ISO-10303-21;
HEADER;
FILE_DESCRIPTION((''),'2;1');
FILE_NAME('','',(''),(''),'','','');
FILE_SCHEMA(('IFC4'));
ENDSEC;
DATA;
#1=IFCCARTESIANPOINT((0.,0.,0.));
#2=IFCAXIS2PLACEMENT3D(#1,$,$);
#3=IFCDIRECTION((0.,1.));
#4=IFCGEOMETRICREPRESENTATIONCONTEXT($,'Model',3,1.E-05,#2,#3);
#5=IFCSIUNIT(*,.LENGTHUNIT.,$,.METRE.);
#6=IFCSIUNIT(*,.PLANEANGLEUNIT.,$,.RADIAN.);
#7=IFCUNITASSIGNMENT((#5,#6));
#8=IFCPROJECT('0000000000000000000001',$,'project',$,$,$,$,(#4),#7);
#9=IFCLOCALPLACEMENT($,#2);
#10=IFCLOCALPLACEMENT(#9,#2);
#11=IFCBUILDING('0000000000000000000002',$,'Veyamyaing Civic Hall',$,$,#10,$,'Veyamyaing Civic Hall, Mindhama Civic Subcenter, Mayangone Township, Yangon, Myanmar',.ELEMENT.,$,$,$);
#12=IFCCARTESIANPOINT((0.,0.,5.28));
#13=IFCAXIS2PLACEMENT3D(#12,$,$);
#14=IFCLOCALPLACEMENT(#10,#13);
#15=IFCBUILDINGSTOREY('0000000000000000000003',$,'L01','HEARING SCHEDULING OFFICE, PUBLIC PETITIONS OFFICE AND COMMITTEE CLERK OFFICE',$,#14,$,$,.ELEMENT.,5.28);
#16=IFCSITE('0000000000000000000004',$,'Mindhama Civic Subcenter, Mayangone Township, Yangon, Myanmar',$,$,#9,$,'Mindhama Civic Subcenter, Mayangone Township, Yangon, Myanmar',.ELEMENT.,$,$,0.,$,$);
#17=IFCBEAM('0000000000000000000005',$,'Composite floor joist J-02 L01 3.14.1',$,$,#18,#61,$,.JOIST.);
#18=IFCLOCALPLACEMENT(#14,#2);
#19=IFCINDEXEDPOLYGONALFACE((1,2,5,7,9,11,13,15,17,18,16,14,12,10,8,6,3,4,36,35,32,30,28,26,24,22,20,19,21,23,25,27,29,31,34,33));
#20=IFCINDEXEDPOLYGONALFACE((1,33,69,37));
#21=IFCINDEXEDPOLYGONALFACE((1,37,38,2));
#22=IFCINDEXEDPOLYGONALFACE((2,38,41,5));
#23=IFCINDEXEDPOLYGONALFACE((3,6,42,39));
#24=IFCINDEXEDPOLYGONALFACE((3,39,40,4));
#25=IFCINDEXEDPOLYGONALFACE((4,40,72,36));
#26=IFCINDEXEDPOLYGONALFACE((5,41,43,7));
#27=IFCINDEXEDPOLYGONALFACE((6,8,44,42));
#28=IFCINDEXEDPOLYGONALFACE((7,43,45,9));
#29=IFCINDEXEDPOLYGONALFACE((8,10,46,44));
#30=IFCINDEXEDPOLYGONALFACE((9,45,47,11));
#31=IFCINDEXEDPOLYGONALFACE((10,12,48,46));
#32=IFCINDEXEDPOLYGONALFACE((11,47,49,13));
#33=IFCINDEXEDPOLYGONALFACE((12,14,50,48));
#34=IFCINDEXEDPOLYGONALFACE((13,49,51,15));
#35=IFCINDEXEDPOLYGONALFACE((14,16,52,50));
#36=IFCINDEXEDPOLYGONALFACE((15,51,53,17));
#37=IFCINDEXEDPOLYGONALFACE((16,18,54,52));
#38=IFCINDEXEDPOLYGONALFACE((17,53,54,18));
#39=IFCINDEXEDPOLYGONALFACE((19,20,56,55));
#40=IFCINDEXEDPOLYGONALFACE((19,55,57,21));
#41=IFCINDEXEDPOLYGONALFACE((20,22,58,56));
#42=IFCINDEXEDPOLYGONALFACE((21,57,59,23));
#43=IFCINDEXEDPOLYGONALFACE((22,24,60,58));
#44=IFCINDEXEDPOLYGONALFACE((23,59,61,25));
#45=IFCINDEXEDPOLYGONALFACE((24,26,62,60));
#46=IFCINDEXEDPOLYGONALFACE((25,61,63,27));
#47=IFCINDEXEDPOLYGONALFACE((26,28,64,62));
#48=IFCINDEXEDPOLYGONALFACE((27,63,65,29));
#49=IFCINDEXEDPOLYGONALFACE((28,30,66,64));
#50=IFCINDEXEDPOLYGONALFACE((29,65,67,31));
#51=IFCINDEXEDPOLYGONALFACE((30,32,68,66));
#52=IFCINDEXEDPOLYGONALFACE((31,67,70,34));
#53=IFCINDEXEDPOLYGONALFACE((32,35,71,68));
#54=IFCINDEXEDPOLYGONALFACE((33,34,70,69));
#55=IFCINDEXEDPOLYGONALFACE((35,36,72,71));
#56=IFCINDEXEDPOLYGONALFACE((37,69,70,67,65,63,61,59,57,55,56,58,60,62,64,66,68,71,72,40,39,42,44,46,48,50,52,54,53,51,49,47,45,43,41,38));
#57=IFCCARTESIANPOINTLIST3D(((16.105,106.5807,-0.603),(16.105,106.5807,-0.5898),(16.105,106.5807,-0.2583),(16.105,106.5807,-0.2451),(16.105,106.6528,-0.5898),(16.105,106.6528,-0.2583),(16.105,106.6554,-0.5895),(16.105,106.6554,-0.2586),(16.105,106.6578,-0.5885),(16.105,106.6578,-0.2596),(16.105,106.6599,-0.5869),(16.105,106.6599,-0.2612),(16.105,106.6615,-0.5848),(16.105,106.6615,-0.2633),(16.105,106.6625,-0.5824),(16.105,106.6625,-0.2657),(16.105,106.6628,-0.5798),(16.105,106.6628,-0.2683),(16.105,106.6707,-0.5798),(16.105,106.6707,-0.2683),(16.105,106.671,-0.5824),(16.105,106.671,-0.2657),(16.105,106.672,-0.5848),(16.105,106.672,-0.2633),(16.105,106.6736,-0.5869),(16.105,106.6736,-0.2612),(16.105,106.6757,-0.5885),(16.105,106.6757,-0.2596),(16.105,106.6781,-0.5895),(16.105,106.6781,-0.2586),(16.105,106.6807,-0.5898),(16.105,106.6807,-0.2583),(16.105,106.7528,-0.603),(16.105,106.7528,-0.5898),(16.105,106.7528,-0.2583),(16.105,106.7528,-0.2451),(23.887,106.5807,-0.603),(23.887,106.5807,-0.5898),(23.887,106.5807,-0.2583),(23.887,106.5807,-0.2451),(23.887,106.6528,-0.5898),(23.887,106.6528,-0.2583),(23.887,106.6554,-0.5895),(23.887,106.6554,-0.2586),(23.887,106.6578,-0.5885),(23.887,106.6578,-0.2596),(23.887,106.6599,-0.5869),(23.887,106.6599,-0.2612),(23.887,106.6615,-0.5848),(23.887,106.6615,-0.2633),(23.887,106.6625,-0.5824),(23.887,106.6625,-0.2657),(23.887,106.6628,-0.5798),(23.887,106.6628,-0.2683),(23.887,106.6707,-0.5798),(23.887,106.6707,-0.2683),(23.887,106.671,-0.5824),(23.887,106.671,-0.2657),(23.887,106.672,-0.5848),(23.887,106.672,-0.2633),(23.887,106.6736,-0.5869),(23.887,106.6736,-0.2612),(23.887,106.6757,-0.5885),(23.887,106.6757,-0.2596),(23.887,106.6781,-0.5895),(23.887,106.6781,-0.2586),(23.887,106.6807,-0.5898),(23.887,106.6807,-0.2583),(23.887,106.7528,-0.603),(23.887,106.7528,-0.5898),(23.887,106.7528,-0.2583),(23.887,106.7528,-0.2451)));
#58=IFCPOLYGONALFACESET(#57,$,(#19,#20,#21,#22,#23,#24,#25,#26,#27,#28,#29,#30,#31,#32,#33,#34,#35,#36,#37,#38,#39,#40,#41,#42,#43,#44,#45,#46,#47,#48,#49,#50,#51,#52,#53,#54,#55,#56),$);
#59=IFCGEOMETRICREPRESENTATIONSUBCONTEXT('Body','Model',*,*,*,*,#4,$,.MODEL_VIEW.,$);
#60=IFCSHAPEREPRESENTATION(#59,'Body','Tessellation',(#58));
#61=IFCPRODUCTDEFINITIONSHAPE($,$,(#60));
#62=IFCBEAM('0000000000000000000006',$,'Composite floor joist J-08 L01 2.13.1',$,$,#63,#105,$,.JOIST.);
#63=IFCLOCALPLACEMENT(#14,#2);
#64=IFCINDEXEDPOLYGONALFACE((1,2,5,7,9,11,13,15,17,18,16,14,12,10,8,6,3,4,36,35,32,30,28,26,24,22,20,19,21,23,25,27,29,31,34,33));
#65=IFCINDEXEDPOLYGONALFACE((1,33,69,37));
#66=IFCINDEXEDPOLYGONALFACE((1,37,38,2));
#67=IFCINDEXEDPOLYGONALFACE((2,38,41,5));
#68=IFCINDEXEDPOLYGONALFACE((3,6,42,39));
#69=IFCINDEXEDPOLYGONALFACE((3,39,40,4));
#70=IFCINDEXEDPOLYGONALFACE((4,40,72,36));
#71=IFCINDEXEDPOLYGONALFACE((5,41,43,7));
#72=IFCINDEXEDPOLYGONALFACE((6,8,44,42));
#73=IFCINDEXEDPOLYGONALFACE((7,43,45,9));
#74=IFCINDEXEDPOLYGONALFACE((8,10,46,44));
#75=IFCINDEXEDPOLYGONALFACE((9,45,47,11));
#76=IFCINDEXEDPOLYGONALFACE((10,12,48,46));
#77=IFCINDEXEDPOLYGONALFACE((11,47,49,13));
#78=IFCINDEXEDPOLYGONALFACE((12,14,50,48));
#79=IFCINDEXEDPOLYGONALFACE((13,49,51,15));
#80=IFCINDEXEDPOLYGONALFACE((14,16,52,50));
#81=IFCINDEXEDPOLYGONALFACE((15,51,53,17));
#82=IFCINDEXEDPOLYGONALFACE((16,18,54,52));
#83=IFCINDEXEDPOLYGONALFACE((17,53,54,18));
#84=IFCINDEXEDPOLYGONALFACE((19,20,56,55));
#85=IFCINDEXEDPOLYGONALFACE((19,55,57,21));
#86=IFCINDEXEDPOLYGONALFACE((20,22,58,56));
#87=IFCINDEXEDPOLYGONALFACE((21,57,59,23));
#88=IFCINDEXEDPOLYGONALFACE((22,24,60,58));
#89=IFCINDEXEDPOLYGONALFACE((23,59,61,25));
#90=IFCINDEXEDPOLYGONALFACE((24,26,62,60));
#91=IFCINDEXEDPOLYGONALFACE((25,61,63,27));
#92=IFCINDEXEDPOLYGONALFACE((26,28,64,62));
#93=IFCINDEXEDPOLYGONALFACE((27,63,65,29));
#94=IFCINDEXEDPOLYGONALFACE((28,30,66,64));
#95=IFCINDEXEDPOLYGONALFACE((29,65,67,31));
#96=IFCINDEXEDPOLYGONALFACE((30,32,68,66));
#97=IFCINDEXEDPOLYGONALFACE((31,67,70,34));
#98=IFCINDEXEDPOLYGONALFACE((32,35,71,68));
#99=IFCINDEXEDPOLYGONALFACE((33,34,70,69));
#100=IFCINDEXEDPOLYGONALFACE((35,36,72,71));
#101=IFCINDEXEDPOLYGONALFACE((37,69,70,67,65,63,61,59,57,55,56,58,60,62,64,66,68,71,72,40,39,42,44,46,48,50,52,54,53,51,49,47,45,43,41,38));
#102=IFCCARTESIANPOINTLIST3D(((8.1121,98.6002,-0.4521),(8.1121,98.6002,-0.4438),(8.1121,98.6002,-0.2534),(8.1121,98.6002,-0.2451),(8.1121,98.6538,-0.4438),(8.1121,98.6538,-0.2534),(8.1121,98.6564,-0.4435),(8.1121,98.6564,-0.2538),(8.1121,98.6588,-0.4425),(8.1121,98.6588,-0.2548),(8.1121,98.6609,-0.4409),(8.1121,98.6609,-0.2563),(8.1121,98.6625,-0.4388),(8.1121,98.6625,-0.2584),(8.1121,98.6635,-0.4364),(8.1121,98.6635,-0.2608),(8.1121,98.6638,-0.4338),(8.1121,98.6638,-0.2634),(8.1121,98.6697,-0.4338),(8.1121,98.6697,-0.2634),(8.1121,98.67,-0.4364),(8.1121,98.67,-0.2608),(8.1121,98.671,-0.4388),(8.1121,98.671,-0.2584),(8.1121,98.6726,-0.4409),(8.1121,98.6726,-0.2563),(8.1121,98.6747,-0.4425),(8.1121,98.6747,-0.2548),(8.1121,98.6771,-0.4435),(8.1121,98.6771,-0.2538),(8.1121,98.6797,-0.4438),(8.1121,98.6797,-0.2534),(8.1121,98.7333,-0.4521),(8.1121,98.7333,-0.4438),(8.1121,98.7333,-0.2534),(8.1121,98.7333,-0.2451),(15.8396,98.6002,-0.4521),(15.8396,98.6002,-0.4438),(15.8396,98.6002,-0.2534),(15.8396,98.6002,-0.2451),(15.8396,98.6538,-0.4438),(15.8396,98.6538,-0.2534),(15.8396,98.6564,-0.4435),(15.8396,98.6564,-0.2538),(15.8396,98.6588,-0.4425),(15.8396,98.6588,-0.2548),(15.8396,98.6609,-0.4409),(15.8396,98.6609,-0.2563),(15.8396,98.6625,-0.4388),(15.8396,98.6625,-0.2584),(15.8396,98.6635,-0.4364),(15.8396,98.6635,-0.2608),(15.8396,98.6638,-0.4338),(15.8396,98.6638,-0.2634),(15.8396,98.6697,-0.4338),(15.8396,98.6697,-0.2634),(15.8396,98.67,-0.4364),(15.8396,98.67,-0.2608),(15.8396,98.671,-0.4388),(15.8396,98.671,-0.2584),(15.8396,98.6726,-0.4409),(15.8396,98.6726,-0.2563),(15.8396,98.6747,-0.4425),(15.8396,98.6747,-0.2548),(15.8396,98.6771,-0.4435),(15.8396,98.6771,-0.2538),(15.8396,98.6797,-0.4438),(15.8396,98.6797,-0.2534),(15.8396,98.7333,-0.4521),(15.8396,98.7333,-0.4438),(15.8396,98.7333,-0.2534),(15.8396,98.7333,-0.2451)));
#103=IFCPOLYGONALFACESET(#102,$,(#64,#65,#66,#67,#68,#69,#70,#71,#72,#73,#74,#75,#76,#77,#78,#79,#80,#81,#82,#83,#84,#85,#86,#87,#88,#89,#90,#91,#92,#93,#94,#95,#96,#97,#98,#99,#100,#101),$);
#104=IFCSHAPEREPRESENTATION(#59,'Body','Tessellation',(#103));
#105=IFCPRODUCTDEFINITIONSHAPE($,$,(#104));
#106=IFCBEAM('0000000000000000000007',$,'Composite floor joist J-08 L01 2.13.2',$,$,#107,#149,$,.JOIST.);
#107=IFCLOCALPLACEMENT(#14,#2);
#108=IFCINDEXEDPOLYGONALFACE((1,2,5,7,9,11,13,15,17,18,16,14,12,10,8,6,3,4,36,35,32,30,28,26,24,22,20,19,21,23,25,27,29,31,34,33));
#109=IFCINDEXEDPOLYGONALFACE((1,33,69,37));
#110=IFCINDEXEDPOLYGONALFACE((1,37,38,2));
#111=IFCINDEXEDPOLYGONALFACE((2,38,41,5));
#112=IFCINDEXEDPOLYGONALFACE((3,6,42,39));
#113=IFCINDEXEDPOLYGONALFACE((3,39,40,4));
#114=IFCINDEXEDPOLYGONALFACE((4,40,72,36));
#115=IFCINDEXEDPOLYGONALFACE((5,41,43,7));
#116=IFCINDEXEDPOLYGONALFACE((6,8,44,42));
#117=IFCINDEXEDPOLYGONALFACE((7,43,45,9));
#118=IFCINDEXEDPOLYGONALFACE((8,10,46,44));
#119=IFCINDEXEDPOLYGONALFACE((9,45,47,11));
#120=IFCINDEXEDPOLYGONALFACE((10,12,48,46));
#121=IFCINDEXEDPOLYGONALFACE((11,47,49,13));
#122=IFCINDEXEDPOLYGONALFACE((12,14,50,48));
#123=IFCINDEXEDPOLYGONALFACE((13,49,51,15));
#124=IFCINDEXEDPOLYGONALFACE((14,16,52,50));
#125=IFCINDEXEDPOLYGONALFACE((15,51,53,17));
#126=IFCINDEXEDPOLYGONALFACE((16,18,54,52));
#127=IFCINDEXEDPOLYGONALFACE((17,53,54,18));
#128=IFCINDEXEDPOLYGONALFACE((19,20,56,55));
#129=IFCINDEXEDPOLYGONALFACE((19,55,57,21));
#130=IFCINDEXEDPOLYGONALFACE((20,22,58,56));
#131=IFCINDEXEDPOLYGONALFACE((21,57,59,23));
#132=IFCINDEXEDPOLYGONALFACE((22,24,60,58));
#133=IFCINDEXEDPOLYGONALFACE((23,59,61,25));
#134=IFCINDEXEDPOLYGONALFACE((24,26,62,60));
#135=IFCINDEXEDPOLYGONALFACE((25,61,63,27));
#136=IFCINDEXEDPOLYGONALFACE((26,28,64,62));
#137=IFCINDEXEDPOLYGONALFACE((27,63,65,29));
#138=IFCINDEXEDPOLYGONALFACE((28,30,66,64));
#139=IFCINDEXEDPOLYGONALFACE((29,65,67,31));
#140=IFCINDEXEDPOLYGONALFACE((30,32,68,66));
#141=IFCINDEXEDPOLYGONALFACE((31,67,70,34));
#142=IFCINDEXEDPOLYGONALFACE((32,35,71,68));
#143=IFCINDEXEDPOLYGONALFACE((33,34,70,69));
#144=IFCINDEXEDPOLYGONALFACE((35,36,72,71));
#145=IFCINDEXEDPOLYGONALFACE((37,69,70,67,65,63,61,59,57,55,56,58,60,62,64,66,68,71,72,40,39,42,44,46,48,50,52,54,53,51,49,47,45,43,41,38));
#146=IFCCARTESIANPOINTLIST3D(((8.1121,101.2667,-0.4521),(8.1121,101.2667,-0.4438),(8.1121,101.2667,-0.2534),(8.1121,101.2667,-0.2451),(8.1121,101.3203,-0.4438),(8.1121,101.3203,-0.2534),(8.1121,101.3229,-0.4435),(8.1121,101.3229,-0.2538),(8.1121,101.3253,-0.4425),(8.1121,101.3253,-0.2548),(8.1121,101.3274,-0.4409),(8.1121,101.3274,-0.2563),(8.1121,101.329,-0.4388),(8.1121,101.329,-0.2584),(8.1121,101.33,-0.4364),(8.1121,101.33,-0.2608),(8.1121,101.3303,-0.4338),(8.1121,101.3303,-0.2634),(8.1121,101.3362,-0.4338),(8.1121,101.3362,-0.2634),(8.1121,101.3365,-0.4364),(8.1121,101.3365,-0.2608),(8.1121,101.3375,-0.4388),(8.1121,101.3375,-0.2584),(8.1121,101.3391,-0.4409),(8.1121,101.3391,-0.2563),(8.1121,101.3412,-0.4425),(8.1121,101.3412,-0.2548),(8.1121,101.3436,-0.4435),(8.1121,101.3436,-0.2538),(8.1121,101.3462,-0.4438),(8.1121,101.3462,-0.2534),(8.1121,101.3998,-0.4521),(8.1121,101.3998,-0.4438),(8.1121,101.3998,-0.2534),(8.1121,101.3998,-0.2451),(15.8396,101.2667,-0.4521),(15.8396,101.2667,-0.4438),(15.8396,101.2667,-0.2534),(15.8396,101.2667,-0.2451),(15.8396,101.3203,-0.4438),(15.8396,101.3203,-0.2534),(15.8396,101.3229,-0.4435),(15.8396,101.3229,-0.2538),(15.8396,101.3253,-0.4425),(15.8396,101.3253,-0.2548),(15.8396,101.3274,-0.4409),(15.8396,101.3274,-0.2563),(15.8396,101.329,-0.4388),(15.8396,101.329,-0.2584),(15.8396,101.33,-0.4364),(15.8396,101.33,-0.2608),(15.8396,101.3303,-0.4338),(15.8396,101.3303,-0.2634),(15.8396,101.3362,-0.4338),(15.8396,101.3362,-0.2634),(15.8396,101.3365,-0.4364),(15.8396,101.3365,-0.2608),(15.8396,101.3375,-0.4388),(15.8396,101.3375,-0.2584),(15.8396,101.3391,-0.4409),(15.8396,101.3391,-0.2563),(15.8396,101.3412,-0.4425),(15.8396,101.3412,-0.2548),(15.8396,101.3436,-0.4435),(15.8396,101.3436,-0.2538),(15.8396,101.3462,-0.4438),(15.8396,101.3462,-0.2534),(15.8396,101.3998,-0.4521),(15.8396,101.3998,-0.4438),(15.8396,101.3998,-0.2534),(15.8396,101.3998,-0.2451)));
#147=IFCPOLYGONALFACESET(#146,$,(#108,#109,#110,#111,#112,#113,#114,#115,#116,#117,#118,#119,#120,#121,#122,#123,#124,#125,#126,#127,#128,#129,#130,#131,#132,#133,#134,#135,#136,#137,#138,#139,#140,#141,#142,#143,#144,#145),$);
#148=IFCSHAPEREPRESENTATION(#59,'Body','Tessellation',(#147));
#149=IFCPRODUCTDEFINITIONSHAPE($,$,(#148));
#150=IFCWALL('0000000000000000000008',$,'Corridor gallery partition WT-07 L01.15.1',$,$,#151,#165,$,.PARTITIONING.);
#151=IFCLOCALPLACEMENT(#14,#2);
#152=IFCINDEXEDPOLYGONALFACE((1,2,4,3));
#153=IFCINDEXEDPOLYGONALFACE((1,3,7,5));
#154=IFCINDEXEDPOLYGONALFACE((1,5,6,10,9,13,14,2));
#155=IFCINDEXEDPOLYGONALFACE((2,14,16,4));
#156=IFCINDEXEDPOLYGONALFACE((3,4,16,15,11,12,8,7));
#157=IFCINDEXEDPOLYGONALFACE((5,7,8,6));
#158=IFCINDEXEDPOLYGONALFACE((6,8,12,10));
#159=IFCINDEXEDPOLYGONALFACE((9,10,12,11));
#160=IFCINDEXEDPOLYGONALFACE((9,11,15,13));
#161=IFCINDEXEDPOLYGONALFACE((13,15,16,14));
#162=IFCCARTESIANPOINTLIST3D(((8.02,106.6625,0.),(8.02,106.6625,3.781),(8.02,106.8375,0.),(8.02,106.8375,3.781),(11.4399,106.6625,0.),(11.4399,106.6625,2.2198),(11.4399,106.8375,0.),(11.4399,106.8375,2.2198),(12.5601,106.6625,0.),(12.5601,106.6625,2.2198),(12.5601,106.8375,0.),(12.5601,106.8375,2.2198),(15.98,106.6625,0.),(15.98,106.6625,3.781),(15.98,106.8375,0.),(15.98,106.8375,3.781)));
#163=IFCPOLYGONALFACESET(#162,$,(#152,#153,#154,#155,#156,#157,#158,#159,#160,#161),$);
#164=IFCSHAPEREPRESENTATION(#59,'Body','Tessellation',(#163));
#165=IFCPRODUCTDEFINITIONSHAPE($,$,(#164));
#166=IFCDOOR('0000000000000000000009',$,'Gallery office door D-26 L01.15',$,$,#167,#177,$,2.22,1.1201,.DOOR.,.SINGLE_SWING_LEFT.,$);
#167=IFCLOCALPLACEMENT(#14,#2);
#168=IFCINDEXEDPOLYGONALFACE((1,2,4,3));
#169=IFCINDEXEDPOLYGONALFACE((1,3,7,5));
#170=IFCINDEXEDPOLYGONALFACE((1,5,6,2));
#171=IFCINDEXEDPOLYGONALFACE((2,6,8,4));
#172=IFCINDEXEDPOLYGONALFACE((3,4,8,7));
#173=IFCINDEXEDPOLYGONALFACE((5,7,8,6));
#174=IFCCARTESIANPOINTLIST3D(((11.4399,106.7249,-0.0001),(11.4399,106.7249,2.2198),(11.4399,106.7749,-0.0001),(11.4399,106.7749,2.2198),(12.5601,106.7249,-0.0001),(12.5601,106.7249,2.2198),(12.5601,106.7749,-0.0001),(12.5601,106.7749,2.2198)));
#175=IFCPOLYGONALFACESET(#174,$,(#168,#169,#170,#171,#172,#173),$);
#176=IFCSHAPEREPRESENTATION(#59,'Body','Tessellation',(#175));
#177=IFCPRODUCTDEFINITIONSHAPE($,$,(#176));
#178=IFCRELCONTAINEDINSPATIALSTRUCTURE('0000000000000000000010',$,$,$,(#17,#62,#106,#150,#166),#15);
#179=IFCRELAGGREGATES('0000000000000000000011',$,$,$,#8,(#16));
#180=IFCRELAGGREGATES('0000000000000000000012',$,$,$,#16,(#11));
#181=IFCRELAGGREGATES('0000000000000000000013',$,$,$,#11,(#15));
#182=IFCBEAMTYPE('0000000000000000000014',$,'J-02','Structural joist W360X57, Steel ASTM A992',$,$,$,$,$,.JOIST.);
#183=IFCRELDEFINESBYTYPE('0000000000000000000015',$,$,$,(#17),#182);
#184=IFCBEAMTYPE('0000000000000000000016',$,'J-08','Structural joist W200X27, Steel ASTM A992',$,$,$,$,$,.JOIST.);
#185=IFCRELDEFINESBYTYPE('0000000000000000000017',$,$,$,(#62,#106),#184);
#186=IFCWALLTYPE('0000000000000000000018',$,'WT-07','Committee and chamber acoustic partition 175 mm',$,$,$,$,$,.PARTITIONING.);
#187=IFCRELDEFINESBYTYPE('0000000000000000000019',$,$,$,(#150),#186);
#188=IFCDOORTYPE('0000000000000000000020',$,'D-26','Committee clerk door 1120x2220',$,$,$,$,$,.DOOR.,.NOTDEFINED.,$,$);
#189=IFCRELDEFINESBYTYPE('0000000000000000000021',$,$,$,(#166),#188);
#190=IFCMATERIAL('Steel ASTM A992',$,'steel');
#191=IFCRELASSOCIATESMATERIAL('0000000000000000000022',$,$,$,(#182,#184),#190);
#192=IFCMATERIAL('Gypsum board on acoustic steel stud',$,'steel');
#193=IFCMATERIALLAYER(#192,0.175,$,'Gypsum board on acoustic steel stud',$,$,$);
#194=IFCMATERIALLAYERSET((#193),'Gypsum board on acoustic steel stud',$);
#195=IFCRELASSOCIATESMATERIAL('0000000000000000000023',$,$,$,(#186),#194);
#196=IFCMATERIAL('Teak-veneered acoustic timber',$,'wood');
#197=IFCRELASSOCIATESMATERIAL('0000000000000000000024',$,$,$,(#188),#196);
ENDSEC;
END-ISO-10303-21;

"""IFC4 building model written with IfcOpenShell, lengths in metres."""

from ifc_helpers import new_model, si_unit, direction, frame, frame_2d, origin, origin_2d, place, context, subcontext, project, spatial, rectangle, i_section, extrude, material, layer, layer_set, material_profile, profile_set, type_object, element, fill, save


model = new_model("IFC4")

# Units and contexts
model_context = context("Model", 3, precision=1e-05, world=origin(), true_north=direction((0.0, 1.0)))
body_context = subcontext(model_context, "Body", "Model", "MODEL_VIEW")
ifc_project = project(units=[si_unit("LENGTHUNIT", "METRE"), si_unit("PLANEANGLEUNIT", "RADIAN")], contexts=[model_context])

# Site, building, storey
site_placement = place(None, origin())
site = spatial("IfcSite", under=ifc_project, at=site_placement, Name="Mindhama Civic Subcenter, Mayangone Township, Yangon, Myanmar", LongName="Mindhama Civic Subcenter, Mayangone Township, Yangon, Myanmar", CompositionType="ELEMENT", RefElevation=0.0)
building_placement = place(site_placement, origin())
building = spatial("IfcBuilding", under=site, at=building_placement, Name="Veyamyaing Civic Hall", LongName="Veyamyaing Civic Hall, Mindhama Civic Subcenter, Mayangone Township, Yangon, Myanmar", CompositionType="ELEMENT")
storey_placement = place(building_placement, frame((0.0, 0.0, 5.28)))
storey = spatial("IfcBuildingStorey", under=building, at=storey_placement, Name="L01", Description="HEARING SCHEDULING OFFICE, PUBLIC PETITIONS OFFICE AND COMMITTEE CLERK OFFICE", CompositionType="ELEMENT", Elevation=5.28)

# Beams
ifc_material_1 = material(Name="Steel ASTM A992", Category="steel")
ifc_material_profile_1 = material_profile(ifc_material_1, i_section(OverallWidth=0.1721, OverallDepth=0.3579, WebThickness=0.0078, FlangeThickness=0.0132, FilletRadius=0.01, at=origin_2d()), Name="W360X57")
ifc_profile_set_1 = profile_set([ifc_material_profile_1], Name="Steel ASTM A992")
beam_type_1 = type_object("IfcBeamType", Name="J-02", Description="Structural joist W360X57, Steel ASTM A992", PredefinedType="JOIST", material=ifc_profile_set_1)
beam_1_placement = place(storey_placement, frame((16.105, 106.6667, -0.4241), z_axis=(1.0, 0.0, 0.0), x_axis=(0.0, 1.0, 0.0)))
element("IfcBeam", 1, at=beam_1_placement, inside=storey, type_object=beam_type_1, Name="Composite floor joist J-02 L01 3.14.1", PredefinedType="JOIST", context=body_context, shape_type="SweptSolid", body=[
    extrude(i_section(OverallWidth=0.1721, OverallDepth=0.3579, WebThickness=0.0078, FlangeThickness=0.0132, FilletRadius=0.01, at=origin_2d()), origin(), (0.0, 0.0, 1.0), 7.782),
])
ifc_material_profile_2 = material_profile(ifc_material_1, i_section(OverallWidth=0.1331, OverallDepth=0.207, WebThickness=0.0059, FlangeThickness=0.0083, FilletRadius=0.01, at=origin_2d()), Name="W200X27")
ifc_profile_set_2 = profile_set([ifc_material_profile_2], Name="Steel ASTM A992")
beam_type_2 = type_object("IfcBeamType", Name="J-08", Description="Structural joist W200X27, Steel ASTM A992", PredefinedType="JOIST", material=ifc_profile_set_2)
for number, where, z_axis, x_axis, name in (
    (2, (8.1121, 98.6667, -0.3486), (1.0, 0.0, 0.0), (0.0, 1.0, 0.0), "Composite floor joist J-08 L01 2.13.1"),
    (3, (8.1121, 101.3333, -0.3486), (1.0, 0.0, 0.0), (0.0, 1.0, 0.0), "Composite floor joist J-08 L01 2.13.2"),
):
    element("IfcBeam", number, at=place(storey_placement, frame(where, z_axis=z_axis, x_axis=x_axis)), inside=storey, type_object=beam_type_2, Name=name, PredefinedType="JOIST", context=body_context, shape_type="SweptSolid", body=[
        extrude(i_section(OverallWidth=0.1331, OverallDepth=0.207, WebThickness=0.0059, FlangeThickness=0.0083, FilletRadius=0.01, at=origin_2d()), origin(), (0.0, 0.0, 1.0), 7.7275),
    ])

# Wall, opening, door
ifc_material_2 = material(Name="Gypsum board on acoustic steel stud", Category="steel")
ifc_layer_1 = layer(ifc_material_2, 0.175, Name="Gypsum board on acoustic steel stud")
ifc_layer_set_1 = layer_set([ifc_layer_1], Name="Gypsum board on acoustic steel stud")
wall_type_1 = type_object("IfcWallType", Name="WT-07", Description="Committee and chamber acoustic partition 175 mm", PredefinedType="PARTITIONING", material=ifc_layer_set_1)
wall_1_placement = place(storey_placement, frame((8.02, 106.75, 0.0), z_axis=(0.0, 0.0, 1.0), x_axis=(1.0, 0.0, 0.0)))
wall_1 = element("IfcWall", 4, at=wall_1_placement, inside=storey, type_object=wall_type_1, Name="Corridor gallery partition WT-07 L01.15.1", PredefinedType="PARTITIONING", context=body_context, shape_type="SweptSolid", body=[
    extrude(rectangle(XDim=7.96, YDim=0.175, at=frame_2d((3.98, 0.0))), origin(), (0.0, 0.0, 1.0), 3.781),
])
opening_1_placement = place(wall_1_placement, frame((3.4199, 0.0, 0.0)))
opening_1 = element("IfcOpeningElement", 5, at=opening_1_placement, cuts=wall_1, PredefinedType="OPENING", context=body_context, shape_type="SweptSolid", body=[
    extrude(rectangle(XDim=1.1201, YDim=2.22, at=frame_2d((0.5601, 1.1099))), frame((0.0, 0.0974, 0.0), z_axis=(0.0, -1.0, 0.0), x_axis=(1.0, 0.0, 0.0)), (0.0, 0.0, 1.0), 0.1951),
])
ifc_material_3 = material(Name="Teak-veneered acoustic timber", Category="wood")
door_type_1 = type_object("IfcDoorType", Name="D-26", Description="Committee clerk door 1120x2220", OperationType="NOTDEFINED", PredefinedType="DOOR", material=ifc_material_3)
door_1_placement = place(opening_1_placement, origin())
door_1 = element("IfcDoor", 6, at=door_1_placement, inside=storey, type_object=door_type_1, Name="Gallery office door D-26 L01.15", OperationType="SINGLE_SWING_LEFT", OverallHeight=2.22, OverallWidth=1.1201, PredefinedType="DOOR", context=body_context, shape_type="SweptSolid", body=[
    extrude(rectangle(XDim=1.1201, YDim=2.22, at=frame_2d((0.5601, 1.1099))), frame((0.0, 0.0249, 0.0), z_axis=(0.0, -1.0, 0.0), x_axis=(1.0, 0.0, 0.0)), (0.0, 0.0, 1.0), 0.05),
])
fill(opening_1, door_1)

save(model, "model.ifc")
